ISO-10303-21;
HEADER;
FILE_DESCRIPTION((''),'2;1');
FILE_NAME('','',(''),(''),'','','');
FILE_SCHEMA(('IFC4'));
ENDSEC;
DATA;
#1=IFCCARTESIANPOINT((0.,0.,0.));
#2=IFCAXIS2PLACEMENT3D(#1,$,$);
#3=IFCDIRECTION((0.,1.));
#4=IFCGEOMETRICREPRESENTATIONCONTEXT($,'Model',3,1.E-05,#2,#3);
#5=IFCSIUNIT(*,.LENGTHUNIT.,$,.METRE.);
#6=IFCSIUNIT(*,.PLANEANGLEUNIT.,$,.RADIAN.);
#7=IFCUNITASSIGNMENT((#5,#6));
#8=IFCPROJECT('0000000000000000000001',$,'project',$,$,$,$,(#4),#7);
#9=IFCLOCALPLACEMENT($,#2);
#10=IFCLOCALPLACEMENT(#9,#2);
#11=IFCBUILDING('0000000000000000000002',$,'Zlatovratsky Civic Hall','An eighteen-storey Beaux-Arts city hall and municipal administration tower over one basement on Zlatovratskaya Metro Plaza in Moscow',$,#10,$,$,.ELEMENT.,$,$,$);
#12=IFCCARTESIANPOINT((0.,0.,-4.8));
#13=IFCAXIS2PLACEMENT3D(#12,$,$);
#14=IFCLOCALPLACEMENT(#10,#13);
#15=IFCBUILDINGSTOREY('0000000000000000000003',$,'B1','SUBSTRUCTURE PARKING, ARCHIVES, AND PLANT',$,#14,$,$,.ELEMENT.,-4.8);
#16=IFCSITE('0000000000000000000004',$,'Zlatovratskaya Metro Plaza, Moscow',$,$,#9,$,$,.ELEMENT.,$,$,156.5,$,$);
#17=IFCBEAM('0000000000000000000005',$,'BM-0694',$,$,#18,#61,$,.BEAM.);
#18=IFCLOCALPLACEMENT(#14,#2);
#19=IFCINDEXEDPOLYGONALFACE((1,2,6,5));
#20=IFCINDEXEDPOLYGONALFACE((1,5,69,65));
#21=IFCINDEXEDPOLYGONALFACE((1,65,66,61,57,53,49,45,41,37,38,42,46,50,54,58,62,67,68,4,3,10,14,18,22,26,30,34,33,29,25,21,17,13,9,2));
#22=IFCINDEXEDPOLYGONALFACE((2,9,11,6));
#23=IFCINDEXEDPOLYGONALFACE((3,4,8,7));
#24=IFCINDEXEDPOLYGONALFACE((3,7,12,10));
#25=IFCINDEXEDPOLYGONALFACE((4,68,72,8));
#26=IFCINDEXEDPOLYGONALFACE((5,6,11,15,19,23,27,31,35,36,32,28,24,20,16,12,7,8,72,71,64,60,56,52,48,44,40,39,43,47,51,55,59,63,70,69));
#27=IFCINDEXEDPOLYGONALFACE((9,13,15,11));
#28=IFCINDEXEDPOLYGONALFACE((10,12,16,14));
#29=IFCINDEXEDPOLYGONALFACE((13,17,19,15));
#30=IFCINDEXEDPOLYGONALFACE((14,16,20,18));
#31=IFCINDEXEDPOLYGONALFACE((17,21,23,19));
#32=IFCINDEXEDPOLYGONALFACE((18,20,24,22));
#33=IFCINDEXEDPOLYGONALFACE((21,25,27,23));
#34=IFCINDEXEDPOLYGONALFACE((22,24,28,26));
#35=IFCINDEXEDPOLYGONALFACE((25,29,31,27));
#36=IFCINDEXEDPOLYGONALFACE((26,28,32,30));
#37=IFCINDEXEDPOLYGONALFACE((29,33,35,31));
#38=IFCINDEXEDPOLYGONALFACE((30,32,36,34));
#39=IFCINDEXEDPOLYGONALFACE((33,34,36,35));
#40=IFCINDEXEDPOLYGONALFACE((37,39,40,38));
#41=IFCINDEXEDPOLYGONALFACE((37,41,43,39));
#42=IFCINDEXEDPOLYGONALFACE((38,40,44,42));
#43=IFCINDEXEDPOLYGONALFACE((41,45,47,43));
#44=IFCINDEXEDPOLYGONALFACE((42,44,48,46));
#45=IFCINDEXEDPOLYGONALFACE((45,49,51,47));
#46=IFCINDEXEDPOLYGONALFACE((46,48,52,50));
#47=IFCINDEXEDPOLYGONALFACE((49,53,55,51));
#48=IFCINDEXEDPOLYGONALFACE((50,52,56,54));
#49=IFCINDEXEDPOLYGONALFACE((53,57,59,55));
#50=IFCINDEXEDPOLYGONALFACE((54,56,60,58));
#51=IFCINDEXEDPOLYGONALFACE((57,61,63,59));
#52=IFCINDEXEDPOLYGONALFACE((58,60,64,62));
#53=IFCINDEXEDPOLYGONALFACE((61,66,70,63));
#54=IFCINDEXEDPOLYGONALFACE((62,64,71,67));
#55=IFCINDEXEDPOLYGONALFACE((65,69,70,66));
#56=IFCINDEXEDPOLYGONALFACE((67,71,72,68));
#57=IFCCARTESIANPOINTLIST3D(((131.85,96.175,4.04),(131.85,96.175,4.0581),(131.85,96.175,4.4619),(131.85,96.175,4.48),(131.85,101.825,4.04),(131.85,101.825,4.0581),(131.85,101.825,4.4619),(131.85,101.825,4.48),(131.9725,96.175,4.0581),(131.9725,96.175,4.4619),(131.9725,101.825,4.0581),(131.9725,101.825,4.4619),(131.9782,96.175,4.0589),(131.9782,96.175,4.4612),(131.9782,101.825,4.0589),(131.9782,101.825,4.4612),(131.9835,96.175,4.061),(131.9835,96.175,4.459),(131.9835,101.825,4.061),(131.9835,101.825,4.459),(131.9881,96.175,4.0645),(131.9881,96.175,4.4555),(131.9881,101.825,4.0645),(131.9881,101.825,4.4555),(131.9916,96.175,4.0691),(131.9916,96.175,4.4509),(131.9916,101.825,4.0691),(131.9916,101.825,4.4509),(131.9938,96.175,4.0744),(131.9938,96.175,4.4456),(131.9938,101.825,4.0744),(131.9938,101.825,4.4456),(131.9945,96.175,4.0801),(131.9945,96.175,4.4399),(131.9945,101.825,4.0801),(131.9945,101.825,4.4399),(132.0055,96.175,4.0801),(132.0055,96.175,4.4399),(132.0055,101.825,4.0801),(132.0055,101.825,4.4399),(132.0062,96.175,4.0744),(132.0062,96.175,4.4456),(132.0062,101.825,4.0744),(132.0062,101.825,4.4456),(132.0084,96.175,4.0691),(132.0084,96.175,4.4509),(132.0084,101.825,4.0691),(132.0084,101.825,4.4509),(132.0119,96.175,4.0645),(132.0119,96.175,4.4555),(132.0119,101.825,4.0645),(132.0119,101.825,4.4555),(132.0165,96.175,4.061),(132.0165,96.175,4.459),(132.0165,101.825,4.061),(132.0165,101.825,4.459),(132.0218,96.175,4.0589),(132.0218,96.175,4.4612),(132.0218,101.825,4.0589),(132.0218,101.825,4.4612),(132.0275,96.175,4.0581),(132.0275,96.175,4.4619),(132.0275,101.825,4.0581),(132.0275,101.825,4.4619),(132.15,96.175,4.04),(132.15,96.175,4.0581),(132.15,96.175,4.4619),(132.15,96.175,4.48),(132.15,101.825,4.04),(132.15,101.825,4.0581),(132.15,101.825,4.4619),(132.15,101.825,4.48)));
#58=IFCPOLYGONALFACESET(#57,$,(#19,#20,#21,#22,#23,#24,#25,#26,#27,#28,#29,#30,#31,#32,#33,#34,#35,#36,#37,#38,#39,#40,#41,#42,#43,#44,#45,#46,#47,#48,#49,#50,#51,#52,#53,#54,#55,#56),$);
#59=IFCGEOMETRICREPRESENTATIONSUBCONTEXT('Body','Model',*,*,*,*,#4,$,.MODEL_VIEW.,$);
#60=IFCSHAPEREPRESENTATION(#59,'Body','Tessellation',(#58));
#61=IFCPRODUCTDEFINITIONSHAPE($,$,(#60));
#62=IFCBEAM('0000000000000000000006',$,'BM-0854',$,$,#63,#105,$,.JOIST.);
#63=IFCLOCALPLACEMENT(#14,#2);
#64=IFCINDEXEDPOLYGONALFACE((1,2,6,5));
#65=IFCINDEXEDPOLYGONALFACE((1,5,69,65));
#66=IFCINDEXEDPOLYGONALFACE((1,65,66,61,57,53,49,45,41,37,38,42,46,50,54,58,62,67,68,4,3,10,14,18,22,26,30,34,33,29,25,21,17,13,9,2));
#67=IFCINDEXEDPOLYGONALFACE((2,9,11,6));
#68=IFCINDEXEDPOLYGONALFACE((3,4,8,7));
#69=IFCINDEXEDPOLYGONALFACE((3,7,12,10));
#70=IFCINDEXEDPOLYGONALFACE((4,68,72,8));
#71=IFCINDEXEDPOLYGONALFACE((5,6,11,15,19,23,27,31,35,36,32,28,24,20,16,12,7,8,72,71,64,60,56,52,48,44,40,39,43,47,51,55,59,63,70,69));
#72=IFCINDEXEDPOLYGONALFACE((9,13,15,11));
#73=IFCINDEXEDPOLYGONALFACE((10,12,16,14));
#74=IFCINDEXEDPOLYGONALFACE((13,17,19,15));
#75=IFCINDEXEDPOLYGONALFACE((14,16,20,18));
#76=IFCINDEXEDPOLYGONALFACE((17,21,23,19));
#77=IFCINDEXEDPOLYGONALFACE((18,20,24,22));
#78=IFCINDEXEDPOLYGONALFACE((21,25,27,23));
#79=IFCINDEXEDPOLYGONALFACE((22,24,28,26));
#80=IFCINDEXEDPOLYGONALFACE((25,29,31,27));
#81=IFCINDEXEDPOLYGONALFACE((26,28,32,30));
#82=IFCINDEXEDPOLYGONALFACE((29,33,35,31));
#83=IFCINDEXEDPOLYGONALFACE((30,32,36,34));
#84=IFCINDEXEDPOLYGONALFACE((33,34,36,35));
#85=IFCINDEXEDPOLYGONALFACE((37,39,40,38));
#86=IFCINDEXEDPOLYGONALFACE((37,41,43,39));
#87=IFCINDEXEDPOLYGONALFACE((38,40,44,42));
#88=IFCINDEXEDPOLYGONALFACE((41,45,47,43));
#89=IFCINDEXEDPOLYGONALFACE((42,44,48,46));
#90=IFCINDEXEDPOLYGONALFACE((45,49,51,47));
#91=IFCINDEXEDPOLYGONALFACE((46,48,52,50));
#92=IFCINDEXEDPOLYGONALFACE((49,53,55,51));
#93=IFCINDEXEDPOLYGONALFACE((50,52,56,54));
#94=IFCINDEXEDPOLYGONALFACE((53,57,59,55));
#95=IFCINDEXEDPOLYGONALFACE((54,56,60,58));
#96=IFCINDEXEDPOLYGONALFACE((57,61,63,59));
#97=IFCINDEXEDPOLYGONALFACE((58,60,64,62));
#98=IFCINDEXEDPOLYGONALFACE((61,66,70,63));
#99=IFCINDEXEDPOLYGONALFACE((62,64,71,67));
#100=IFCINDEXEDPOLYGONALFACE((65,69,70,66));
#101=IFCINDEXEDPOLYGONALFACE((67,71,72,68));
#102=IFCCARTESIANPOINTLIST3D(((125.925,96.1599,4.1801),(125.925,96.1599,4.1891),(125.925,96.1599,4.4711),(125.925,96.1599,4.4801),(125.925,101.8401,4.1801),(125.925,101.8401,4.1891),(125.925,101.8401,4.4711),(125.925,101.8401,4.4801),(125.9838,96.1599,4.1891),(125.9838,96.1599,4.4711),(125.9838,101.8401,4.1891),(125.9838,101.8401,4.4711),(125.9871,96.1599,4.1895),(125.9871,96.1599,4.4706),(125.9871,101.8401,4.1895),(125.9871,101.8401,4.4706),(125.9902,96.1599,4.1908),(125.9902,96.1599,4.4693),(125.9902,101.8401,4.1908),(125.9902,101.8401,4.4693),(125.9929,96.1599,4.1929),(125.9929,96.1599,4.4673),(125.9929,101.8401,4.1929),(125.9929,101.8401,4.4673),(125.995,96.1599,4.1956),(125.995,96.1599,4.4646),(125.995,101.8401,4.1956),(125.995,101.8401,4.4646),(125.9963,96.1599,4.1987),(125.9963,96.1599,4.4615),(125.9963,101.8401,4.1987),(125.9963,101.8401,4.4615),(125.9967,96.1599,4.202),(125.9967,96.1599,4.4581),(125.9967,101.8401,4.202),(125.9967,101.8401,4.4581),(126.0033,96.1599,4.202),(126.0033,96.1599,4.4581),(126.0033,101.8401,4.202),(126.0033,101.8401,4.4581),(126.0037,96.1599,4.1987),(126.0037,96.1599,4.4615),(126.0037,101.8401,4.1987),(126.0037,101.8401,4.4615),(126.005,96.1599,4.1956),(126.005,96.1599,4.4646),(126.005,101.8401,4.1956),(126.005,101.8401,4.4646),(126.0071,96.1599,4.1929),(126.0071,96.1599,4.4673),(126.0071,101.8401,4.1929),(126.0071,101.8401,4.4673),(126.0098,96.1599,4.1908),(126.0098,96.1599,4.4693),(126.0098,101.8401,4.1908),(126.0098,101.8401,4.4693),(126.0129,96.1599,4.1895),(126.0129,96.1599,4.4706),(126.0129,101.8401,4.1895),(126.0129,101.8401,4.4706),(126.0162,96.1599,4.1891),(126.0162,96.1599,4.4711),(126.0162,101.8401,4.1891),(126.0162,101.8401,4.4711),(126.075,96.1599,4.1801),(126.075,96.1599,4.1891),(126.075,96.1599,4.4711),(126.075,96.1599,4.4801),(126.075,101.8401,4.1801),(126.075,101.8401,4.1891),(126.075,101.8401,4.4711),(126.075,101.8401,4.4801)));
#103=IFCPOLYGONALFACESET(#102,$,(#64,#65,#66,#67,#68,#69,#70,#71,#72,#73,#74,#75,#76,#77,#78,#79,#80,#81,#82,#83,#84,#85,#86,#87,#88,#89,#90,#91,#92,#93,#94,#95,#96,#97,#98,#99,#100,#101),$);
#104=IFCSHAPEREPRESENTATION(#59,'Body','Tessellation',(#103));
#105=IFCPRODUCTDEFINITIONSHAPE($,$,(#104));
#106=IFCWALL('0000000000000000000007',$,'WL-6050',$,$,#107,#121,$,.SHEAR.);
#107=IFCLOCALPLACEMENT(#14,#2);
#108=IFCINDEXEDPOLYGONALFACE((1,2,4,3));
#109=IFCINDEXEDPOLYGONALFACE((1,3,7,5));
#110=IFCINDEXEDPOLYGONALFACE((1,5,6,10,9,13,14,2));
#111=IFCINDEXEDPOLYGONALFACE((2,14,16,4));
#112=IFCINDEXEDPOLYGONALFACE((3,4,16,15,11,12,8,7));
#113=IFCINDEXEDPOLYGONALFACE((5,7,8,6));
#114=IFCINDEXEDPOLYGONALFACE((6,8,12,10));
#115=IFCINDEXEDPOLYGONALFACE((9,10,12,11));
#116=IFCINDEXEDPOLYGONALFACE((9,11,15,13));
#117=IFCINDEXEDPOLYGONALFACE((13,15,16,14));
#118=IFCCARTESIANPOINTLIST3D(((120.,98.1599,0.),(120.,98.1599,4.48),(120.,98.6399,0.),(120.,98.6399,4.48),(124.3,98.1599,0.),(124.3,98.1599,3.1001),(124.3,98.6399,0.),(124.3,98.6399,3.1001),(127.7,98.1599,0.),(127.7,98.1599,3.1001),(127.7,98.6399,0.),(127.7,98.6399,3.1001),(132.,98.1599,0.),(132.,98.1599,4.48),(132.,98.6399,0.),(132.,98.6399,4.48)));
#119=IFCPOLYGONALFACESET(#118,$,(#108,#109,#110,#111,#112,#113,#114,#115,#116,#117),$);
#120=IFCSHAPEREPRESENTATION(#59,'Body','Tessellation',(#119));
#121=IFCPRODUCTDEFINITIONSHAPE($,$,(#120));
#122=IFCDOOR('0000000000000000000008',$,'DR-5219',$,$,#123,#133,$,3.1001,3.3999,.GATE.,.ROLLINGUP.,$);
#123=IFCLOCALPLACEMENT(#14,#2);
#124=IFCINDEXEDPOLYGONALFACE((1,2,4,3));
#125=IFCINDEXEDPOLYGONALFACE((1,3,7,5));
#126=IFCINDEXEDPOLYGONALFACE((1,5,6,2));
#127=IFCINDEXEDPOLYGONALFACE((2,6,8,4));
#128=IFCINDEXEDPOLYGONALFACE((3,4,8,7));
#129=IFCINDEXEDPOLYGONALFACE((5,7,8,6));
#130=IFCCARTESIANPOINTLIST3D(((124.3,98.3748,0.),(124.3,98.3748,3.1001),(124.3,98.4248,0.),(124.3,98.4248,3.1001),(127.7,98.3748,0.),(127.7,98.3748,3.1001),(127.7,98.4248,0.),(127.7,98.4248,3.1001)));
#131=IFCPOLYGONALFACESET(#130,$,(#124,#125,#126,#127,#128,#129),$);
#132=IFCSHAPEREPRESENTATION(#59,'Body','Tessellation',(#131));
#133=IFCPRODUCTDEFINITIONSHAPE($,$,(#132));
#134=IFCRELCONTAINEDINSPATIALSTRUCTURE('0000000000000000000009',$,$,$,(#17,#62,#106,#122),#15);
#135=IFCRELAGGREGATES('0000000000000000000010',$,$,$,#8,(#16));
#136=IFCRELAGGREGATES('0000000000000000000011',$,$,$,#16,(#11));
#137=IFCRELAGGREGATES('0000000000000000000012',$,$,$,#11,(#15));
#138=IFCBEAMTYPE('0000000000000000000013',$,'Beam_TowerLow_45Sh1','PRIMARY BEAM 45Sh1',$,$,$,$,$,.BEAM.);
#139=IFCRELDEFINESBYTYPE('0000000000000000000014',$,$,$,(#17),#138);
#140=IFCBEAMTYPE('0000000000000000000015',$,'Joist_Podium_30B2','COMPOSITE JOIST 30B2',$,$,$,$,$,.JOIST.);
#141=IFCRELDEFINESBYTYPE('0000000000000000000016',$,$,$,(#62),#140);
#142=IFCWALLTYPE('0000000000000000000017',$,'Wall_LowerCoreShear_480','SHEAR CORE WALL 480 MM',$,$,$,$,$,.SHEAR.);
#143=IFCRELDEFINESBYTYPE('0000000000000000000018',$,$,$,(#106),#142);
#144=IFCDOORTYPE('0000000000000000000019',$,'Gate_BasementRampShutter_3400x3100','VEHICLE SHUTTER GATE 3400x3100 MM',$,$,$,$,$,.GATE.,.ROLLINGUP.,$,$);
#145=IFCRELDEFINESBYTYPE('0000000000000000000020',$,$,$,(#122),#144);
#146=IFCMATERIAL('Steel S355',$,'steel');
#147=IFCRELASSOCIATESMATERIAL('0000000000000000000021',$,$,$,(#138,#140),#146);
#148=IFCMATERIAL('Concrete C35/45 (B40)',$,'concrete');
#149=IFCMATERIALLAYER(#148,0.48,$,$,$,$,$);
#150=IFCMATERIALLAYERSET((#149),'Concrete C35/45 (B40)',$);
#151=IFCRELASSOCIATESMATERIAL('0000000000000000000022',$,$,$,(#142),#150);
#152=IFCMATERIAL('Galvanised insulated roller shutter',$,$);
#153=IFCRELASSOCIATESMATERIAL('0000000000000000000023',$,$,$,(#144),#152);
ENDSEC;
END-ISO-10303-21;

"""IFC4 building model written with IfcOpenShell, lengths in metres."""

from ifc_helpers import new_model, si_unit, direction, frame, frame_2d, origin, origin_2d, place, context, subcontext, project, spatial, rectangle, i_section, extrude, material, layer, layer_set, material_profile, profile_set, type_object, element, fill, save


model = new_model("IFC4")

# Units and contexts
model_context = context("Model", 3, precision=1e-05, world=origin(), true_north=direction((0.0, 1.0)))
body_context = subcontext(model_context, "Body", "Model", "MODEL_VIEW")
ifc_project = project(units=[si_unit("LENGTHUNIT", "METRE"), si_unit("PLANEANGLEUNIT", "RADIAN")], contexts=[model_context])

# Site, building, storey
site_placement = place(None, origin())
site = spatial("IfcSite", under=ifc_project, at=site_placement, Name="Zlatovratskaya Metro Plaza, Moscow", CompositionType="ELEMENT", RefElevation=156.5)
building_placement = place(site_placement, origin())
building = spatial("IfcBuilding", under=site, at=building_placement, Name="Zlatovratsky Civic Hall", Description="An eighteen-storey Beaux-Arts city hall and municipal administration tower over one basement on Zlatovratskaya Metro Plaza in Moscow", CompositionType="ELEMENT")
storey_placement = place(building_placement, frame((0.0, 0.0, -4.8)))
storey = spatial("IfcBuildingStorey", under=building, at=storey_placement, Name="B1", Description="SUBSTRUCTURE PARKING, ARCHIVES, AND PLANT", CompositionType="ELEMENT", Elevation=-4.8)

# Shared definitions
ifc_material_1 = material(Name="Steel S355", Category="steel")

# Beams
ifc_material_profile_1 = material_profile(ifc_material_1, i_section(OverallWidth=0.3, OverallDepth=0.4399, WebThickness=0.011, FlangeThickness=0.0181, FilletRadius=0.022, at=origin_2d()), Name="45Sh1")
ifc_profile_set_1 = profile_set([ifc_material_profile_1], Name="Steel S355")
beam_type_1 = type_object("IfcBeamType", Name="Beam_TowerLow_45Sh1", Description="PRIMARY BEAM 45Sh1", PredefinedType="BEAM", material=ifc_profile_set_1)
for number, where, z_axis, x_axis, name in (
    (1, (132.0, 96.175, 4.26), (0.0, 1.0, 0.0), (-1.0, 0.0, 0.0), "BM-0694"),
):
    element("IfcBeam", number, at=place(storey_placement, frame(where, z_axis=z_axis, x_axis=x_axis)), inside=storey, type_object=beam_type_1, Name=name, PredefinedType="BEAM", context=body_context, shape_type="SweptSolid", body=[
        extrude(i_section(OverallWidth=0.3, OverallDepth=0.4399, WebThickness=0.011, FlangeThickness=0.0181, FilletRadius=0.022, at=origin_2d()), origin(), (0.0, 0.0, 1.0), 5.6499),
    ])
ifc_material_profile_2 = material_profile(ifc_material_1, i_section(OverallWidth=0.1499, OverallDepth=0.3, WebThickness=0.0066, FlangeThickness=0.009, FilletRadius=0.0129, at=origin_2d()), Name="30B2")
ifc_profile_set_2 = profile_set([ifc_material_profile_2], Name="Steel S355")
beam_type_2 = type_object("IfcBeamType", Name="Joist_Podium_30B2", Description="COMPOSITE JOIST 30B2", PredefinedType="JOIST", material=ifc_profile_set_2)
beam_placement = place(storey_placement, frame((126.0, 96.1599, 4.3301), z_axis=(0.0, 1.0, 0.0), x_axis=(-1.0, 0.0, 0.0)))
element("IfcBeam", 2, at=beam_placement, inside=storey, type_object=beam_type_2, Name="BM-0854", PredefinedType="JOIST", context=body_context, shape_type="SweptSolid", body=[
    extrude(i_section(OverallWidth=0.1499, OverallDepth=0.3, WebThickness=0.0066, FlangeThickness=0.009, FilletRadius=0.0129, at=origin_2d()), origin(), (0.0, 0.0, 1.0), 5.6802),
])

# Wall, opening, door
ifc_material_2 = material(Name="Concrete C35/45 (B40)", Category="concrete")
ifc_layer = layer(ifc_material_2, 0.48)
ifc_layer_set = layer_set([ifc_layer], Name="Concrete C35/45 (B40)")
wall_type = type_object("IfcWallType", Name="Wall_LowerCoreShear_480", Description="SHEAR CORE WALL 480 MM", PredefinedType="SHEAR", material=ifc_layer_set)
wall_placement = place(storey_placement, frame((120.0, 98.3999, 0.0), z_axis=(0.0, 0.0, 1.0), x_axis=(1.0, 0.0, 0.0)))
wall = element("IfcWall", 3, at=wall_placement, inside=storey, type_object=wall_type, Name="WL-6050", PredefinedType="SHEAR", context=body_context, shape_type="SweptSolid", body=[
    extrude(rectangle(XDim=12.0, YDim=0.48, at=frame_2d((6.0, 0.0))), origin(), (0.0, 0.0, 1.0), 4.48),
])
opening_placement = place(wall_placement, frame((4.3, 0.0, 0.0)))
opening = element("IfcOpeningElement", 4, at=opening_placement, cuts=wall, PredefinedType="OPENING", context=body_context, shape_type="SweptSolid", body=[
    extrude(rectangle(XDim=3.3999, YDim=3.1001, at=frame_2d((1.7, 1.55))), frame((0.0, 0.2549, 0.0), z_axis=(0.0, -1.0, 0.0), x_axis=(1.0, 0.0, 0.0)), (0.0, 0.0, 1.0), 0.5098),
])
ifc_material_3 = material(Name="Galvanised insulated roller shutter")
door_type = type_object("IfcDoorType", Name="Gate_BasementRampShutter_3400x3100", Description="VEHICLE SHUTTER GATE 3400x3100 MM", OperationType="ROLLINGUP", PredefinedType="GATE", material=ifc_material_3)
door_placement = place(opening_placement, origin())
door = element("IfcDoor", 5, at=door_placement, inside=storey, type_object=door_type, Name="DR-5219", OperationType="ROLLINGUP", OverallHeight=3.1001, OverallWidth=3.3999, PredefinedType="GATE", context=body_context, shape_type="SweptSolid", body=[
    extrude(rectangle(XDim=3.3999, YDim=3.1001, at=frame_2d((1.7, 1.55))), frame((0.0, 0.0249, 0.0), z_axis=(0.0, -1.0, 0.0), x_axis=(1.0, 0.0, 0.0)), (0.0, 0.0, 1.0), 0.05),
])
fill(opening, door)

save(model, "model.ifc")
